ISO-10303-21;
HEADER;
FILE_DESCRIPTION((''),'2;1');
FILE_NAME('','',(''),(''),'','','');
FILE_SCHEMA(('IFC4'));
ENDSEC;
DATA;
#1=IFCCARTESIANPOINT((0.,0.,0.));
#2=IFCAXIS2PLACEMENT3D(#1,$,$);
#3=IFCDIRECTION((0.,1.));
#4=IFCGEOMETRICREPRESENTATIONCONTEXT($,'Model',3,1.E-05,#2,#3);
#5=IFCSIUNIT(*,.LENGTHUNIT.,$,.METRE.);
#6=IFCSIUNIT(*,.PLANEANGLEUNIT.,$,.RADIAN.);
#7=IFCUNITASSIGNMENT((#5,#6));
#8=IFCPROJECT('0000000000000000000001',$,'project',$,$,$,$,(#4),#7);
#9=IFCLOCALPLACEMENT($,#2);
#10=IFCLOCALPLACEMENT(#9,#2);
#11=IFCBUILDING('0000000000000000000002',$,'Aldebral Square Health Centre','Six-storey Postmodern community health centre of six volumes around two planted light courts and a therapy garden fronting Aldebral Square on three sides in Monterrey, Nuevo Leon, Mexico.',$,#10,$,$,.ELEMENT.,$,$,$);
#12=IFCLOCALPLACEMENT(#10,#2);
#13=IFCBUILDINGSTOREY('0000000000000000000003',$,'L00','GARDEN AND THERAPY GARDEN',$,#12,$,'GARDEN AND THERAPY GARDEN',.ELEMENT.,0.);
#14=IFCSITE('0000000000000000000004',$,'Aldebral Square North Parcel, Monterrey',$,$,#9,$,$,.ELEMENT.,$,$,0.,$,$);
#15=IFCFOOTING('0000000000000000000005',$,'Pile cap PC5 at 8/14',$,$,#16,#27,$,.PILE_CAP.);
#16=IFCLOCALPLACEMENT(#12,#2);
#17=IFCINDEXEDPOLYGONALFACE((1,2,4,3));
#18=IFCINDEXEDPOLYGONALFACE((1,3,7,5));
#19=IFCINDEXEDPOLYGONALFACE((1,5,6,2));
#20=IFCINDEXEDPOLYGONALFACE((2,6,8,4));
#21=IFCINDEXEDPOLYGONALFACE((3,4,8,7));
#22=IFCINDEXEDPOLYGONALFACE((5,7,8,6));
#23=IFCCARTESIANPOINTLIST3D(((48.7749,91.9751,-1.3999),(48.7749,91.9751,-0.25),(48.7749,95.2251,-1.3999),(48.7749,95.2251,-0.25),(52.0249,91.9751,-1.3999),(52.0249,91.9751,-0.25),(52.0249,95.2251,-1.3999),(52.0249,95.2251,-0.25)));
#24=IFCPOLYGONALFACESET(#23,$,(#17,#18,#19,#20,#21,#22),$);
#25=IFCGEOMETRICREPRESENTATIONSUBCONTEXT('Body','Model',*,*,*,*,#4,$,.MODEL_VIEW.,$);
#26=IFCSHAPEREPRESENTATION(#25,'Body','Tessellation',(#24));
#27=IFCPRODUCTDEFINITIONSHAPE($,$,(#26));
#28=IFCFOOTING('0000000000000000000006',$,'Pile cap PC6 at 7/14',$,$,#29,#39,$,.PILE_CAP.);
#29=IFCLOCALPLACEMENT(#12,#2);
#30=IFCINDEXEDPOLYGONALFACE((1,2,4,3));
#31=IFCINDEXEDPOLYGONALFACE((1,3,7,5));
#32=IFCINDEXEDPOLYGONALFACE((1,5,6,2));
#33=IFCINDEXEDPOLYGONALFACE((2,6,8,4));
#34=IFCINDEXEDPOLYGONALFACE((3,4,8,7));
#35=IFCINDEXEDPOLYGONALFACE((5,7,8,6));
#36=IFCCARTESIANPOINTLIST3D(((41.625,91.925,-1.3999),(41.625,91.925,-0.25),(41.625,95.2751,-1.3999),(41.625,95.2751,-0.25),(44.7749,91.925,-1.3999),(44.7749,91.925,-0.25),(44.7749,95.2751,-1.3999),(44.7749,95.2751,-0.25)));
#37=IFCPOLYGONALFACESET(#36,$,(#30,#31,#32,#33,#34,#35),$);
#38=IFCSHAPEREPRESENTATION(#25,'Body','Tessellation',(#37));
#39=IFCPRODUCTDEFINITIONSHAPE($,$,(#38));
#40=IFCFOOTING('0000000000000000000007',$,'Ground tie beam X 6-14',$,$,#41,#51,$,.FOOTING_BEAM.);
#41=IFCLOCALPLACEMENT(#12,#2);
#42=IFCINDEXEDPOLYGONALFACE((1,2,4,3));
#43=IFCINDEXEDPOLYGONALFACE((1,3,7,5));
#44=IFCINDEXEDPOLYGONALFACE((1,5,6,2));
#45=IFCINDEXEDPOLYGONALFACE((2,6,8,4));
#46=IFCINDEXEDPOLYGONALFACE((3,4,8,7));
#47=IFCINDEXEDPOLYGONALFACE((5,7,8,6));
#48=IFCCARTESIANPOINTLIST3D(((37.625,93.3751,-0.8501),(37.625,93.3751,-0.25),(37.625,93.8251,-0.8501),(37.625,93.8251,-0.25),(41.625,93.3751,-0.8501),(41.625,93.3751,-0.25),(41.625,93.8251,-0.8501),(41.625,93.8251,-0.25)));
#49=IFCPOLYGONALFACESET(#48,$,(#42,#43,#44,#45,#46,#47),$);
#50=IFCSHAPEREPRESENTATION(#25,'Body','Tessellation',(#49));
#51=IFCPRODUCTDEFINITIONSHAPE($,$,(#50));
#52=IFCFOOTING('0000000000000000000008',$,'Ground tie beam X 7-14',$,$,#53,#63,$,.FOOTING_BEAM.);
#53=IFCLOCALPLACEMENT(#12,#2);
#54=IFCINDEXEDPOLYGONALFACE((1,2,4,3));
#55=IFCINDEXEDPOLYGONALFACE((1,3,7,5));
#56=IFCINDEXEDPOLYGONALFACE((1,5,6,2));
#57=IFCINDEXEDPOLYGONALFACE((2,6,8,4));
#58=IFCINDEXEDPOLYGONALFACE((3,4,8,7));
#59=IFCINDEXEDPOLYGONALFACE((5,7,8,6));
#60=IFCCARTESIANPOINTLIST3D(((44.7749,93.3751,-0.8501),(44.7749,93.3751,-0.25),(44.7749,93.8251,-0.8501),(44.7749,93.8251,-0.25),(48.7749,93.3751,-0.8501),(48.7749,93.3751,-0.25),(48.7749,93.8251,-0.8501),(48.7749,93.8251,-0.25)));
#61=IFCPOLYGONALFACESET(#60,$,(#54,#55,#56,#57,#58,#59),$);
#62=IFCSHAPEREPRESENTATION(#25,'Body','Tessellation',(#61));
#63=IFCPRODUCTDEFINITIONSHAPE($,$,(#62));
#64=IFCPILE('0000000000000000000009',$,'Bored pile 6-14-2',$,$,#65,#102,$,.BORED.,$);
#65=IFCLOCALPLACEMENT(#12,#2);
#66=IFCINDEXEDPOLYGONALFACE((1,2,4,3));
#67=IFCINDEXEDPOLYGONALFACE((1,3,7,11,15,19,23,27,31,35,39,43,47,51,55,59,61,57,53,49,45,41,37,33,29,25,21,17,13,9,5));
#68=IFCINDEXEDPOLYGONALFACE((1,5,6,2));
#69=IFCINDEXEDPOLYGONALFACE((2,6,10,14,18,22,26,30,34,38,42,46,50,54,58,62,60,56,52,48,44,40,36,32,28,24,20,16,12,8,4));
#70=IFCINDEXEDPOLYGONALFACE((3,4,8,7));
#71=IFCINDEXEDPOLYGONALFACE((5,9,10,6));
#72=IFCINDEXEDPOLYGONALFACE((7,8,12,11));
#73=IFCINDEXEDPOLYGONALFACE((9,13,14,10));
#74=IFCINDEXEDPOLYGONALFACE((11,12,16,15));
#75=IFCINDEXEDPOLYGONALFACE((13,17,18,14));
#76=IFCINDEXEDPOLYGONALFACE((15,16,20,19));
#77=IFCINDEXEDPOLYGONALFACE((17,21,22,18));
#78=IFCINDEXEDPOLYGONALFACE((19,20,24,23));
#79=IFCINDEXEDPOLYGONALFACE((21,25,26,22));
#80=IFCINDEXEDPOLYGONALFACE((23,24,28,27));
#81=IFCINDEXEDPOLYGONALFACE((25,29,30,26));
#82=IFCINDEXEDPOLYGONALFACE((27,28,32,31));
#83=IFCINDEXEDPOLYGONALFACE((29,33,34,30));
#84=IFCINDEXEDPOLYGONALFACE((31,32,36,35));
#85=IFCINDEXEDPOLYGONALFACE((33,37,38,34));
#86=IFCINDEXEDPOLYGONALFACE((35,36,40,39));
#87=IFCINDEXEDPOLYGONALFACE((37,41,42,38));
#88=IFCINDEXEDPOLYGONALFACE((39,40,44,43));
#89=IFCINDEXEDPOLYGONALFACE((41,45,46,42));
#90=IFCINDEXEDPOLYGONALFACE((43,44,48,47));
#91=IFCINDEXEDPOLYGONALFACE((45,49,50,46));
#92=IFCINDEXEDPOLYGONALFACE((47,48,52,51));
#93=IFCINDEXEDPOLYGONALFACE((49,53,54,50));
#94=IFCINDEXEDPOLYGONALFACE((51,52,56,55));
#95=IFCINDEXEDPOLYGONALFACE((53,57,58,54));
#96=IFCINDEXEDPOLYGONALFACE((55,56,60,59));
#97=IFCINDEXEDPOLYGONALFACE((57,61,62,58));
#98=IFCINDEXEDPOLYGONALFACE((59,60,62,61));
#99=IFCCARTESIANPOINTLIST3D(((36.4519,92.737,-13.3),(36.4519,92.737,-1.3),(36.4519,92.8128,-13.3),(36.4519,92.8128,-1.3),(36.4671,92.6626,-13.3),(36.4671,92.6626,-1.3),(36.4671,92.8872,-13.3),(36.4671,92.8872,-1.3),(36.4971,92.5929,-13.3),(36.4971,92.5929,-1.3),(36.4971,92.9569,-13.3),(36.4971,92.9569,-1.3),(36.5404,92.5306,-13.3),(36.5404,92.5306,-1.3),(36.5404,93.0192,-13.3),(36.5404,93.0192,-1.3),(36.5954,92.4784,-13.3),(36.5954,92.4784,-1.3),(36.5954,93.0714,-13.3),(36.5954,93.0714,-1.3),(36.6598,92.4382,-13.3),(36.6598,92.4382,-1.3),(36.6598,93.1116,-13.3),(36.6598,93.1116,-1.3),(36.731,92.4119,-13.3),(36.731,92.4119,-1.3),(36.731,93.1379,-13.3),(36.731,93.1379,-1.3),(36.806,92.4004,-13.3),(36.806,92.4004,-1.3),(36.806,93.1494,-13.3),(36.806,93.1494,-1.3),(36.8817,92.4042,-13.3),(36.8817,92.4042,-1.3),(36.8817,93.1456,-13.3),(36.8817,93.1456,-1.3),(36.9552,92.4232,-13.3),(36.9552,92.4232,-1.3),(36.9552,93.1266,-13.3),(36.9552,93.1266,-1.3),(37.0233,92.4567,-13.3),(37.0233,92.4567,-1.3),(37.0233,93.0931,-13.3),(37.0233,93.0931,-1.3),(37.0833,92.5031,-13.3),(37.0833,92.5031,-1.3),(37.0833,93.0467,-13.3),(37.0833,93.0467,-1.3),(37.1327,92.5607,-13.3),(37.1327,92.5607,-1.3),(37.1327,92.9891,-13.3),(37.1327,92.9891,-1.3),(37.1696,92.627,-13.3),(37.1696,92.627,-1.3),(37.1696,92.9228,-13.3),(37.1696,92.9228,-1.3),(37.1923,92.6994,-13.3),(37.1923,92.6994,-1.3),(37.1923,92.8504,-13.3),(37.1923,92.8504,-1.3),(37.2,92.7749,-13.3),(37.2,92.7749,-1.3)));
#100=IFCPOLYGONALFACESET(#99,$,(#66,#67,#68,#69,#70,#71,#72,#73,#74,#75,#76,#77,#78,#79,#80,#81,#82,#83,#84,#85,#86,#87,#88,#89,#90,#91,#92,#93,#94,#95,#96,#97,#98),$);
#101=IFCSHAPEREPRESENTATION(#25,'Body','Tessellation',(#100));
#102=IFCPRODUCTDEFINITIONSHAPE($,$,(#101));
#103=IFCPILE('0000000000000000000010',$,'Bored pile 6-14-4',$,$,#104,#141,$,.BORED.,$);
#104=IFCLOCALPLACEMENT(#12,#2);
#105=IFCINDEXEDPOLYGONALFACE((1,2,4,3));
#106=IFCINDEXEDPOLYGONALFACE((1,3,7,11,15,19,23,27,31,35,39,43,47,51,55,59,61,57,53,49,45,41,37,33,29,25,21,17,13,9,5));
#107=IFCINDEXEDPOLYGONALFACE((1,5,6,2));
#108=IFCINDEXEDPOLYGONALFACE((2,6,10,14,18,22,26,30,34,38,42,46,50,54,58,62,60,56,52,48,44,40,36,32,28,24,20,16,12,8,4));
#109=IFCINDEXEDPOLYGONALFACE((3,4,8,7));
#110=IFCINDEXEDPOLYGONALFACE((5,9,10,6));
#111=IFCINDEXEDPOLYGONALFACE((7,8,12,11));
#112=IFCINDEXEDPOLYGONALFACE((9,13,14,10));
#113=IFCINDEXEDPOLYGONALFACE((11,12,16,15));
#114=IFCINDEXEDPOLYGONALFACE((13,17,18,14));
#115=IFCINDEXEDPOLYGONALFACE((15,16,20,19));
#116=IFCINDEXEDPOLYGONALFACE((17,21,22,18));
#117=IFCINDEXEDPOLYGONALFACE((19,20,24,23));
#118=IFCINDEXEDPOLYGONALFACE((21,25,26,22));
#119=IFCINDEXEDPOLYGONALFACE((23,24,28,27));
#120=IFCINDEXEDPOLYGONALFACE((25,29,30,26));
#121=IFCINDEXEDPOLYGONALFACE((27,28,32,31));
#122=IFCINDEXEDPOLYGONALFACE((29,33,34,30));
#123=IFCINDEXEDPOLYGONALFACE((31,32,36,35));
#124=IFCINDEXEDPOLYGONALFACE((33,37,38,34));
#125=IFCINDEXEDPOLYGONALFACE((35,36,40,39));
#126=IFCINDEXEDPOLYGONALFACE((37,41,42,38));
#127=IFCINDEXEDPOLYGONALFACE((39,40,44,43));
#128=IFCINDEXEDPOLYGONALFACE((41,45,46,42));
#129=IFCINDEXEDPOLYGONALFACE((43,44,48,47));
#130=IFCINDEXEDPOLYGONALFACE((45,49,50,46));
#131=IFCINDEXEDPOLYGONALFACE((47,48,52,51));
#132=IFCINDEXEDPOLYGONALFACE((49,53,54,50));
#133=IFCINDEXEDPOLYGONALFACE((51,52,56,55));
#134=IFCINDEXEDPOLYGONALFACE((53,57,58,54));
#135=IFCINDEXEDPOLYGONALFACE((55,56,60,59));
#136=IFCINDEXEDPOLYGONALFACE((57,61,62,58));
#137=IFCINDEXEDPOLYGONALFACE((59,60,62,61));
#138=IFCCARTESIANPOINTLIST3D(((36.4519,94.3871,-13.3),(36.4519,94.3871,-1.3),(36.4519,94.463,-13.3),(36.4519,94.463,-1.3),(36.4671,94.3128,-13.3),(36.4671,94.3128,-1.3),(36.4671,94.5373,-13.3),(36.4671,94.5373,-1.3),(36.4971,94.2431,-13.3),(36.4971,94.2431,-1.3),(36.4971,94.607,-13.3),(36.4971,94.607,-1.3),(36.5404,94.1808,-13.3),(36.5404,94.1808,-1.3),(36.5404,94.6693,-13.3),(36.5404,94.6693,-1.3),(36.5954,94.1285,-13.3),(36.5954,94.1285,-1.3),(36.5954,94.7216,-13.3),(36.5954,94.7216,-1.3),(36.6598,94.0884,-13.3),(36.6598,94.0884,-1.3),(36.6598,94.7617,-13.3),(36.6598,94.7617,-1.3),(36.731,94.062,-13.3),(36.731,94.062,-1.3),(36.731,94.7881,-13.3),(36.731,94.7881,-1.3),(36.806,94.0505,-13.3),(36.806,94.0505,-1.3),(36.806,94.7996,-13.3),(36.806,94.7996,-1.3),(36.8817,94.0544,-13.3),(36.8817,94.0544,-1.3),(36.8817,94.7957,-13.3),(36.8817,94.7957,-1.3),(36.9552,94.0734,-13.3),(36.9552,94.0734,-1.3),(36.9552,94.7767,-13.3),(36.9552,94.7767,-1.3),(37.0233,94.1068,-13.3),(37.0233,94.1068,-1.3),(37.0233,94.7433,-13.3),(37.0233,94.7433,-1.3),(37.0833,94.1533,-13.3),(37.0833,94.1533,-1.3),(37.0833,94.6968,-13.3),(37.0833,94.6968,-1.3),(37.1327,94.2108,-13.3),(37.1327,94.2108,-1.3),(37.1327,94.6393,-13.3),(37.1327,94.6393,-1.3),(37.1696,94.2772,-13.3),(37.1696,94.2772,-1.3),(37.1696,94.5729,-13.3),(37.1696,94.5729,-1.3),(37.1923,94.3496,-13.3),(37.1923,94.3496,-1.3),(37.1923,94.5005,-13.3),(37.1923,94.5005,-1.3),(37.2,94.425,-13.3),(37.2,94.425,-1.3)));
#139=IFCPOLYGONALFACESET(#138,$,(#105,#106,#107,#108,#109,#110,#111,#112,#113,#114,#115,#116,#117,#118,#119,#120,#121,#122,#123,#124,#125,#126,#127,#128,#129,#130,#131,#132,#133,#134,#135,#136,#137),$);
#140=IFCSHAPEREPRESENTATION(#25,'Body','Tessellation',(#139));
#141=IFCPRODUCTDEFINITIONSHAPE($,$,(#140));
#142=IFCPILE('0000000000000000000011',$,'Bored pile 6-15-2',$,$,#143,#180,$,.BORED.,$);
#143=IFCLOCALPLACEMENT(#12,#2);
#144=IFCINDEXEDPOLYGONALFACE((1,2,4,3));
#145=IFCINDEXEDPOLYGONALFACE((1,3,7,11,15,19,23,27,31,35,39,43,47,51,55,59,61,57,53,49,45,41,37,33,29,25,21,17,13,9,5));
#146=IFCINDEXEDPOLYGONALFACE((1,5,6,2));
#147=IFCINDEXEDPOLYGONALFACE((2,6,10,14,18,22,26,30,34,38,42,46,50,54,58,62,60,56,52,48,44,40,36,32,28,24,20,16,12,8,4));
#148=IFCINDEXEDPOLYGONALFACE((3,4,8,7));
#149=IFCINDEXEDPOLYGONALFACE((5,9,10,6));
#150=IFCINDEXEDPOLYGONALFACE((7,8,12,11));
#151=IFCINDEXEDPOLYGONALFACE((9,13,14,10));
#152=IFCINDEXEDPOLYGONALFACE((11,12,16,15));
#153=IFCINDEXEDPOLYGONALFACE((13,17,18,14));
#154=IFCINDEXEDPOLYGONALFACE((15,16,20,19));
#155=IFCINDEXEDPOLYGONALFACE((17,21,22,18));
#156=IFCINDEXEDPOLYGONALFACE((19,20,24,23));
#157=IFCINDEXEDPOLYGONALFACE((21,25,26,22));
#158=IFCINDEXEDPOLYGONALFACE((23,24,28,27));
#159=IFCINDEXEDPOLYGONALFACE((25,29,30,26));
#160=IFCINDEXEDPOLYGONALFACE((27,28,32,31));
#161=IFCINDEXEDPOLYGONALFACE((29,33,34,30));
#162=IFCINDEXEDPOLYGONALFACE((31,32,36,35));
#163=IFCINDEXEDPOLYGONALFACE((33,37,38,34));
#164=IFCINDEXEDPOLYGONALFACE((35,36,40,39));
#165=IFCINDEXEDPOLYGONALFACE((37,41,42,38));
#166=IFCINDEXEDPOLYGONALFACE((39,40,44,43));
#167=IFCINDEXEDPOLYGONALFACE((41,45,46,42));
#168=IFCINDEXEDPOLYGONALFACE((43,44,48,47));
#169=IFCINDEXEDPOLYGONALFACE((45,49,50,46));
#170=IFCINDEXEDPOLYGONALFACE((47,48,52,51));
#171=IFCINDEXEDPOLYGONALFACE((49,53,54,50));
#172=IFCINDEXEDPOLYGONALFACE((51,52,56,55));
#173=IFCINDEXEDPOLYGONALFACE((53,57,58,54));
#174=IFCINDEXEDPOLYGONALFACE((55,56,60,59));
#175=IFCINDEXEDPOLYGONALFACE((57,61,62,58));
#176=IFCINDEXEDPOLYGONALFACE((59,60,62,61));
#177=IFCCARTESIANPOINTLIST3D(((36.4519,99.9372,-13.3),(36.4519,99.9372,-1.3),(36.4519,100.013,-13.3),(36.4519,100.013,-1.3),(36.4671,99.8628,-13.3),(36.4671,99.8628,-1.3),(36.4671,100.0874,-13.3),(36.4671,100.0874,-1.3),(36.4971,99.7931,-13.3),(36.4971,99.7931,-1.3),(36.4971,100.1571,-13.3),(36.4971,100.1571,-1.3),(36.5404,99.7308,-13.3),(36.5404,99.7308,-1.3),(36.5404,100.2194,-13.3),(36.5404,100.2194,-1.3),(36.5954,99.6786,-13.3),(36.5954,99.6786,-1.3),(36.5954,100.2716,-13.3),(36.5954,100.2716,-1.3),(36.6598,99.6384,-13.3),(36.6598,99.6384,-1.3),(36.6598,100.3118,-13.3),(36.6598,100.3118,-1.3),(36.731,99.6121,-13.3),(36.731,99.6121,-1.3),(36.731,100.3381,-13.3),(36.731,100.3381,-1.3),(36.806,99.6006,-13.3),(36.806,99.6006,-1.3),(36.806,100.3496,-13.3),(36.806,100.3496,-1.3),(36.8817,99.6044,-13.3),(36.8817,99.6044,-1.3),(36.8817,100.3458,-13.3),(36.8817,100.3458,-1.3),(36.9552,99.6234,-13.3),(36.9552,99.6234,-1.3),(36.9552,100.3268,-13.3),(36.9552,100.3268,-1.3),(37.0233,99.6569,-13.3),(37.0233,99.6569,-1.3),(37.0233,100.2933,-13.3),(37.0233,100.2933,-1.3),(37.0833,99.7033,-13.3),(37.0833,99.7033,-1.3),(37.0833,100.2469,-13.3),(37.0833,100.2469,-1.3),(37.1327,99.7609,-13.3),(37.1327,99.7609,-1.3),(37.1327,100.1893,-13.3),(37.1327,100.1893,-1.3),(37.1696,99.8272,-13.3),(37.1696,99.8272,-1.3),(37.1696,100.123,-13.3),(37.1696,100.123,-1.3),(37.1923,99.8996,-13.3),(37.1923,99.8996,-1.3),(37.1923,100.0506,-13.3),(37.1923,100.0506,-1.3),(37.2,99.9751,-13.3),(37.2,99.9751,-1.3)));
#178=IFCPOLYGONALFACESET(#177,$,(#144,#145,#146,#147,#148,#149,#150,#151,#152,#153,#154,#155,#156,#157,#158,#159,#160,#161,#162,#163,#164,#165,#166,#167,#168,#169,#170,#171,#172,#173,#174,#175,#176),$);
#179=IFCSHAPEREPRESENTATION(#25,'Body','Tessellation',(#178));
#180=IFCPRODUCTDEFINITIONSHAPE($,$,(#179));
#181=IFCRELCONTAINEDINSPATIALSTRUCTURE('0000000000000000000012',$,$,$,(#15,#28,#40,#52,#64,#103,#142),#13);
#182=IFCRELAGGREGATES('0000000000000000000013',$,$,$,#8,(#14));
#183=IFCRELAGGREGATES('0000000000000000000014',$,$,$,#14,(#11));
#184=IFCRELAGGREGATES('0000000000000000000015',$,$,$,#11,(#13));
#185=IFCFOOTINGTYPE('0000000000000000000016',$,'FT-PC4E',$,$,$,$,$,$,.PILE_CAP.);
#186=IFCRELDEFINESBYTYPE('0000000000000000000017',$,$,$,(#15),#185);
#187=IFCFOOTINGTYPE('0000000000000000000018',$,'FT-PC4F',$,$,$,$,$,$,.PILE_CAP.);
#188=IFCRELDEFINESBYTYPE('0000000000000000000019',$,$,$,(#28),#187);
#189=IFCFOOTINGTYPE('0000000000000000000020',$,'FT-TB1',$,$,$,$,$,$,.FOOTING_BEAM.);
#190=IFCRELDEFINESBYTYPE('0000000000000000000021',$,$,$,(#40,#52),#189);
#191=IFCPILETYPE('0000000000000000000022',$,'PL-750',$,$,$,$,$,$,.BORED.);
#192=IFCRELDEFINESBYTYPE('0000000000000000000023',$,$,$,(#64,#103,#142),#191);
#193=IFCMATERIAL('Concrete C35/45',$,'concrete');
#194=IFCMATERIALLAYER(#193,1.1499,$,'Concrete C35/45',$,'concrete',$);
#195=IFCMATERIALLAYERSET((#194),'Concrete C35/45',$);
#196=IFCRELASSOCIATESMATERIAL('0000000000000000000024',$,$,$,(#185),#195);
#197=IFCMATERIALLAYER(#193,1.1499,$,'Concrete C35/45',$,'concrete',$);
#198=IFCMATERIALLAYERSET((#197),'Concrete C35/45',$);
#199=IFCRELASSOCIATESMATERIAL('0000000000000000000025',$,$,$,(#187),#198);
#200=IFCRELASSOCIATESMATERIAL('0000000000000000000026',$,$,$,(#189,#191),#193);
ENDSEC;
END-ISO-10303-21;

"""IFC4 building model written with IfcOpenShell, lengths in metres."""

from ifc_helpers import new_model, si_unit, direction, frame, origin, origin_2d, place, context, subcontext, project, spatial, rectangle, circle, extrude, material, layer, layer_set, material_profile, profile_set, type_object, element, save


model = new_model("IFC4")

# Units and contexts
model_context = context("Model", 3, precision=1e-05, world=origin(), true_north=direction((0.0, 1.0)))
body_context = subcontext(model_context, "Body", "Model", "MODEL_VIEW")
ifc_project = project(units=[si_unit("LENGTHUNIT", "METRE"), si_unit("PLANEANGLEUNIT", "RADIAN")], contexts=[model_context])

# Site, building, storey
site_placement = place(None, origin())
site = spatial("IfcSite", under=ifc_project, at=site_placement, Name="Aldebral Square North Parcel, Monterrey", CompositionType="ELEMENT", RefElevation=0.0)
building_placement = place(site_placement, origin())
building = spatial("IfcBuilding", under=site, at=building_placement, Name="Aldebral Square Health Centre", Description="Six-storey Postmodern community health centre of six volumes around two planted light courts and a therapy garden fronting Aldebral Square on three sides in Monterrey, Nuevo Leon, Mexico.", CompositionType="ELEMENT")
storey_placement = place(building_placement, origin())
storey = spatial("IfcBuildingStorey", under=building, at=storey_placement, Name="L00", Description="GARDEN AND THERAPY GARDEN", LongName="GARDEN AND THERAPY GARDEN", CompositionType="ELEMENT", Elevation=0.0)

# Footings
ifc_material_1 = material(Name="Concrete C35/45", Category="concrete")
ifc_layer_1 = layer(ifc_material_1, 1.1499, Name="Concrete C35/45", Category="concrete")
ifc_layer_set_1 = layer_set([ifc_layer_1], Name="Concrete C35/45")
footing_type_1 = type_object("IfcFootingType", Name="FT-PC4E", PredefinedType="PILE_CAP", material=ifc_layer_set_1)
footing_1_placement = place(storey_placement, frame((50.3999, 93.6001, -1.3999), z_axis=(0.0, 0.0, 1.0), x_axis=(1.0, 0.0, 0.0)))
element("IfcFooting", 1, at=footing_1_placement, inside=storey, type_object=footing_type_1, Name="Pile cap PC5 at 8/14", PredefinedType="PILE_CAP", context=body_context, shape_type="SweptSolid", body=[
    extrude(rectangle(XDim=3.25, YDim=3.25, at=origin_2d()), origin(), (0.0, 0.0, 1.0), 1.1499),
])
ifc_layer_2 = layer(ifc_material_1, 1.1499, Name="Concrete C35/45", Category="concrete")
ifc_layer_set_2 = layer_set([ifc_layer_2], Name="Concrete C35/45")
footing_type_2 = type_object("IfcFootingType", Name="FT-PC4F", PredefinedType="PILE_CAP", material=ifc_layer_set_2)
footing_2_placement = place(storey_placement, frame((43.2, 93.6001, -1.3999), z_axis=(0.0, 0.0, 1.0), x_axis=(1.0, 0.0, 0.0)))
element("IfcFooting", 2, at=footing_2_placement, inside=storey, type_object=footing_type_2, Name="Pile cap PC6 at 7/14", PredefinedType="PILE_CAP", context=body_context, shape_type="SweptSolid", body=[
    extrude(rectangle(XDim=3.1499, YDim=3.3501, at=origin_2d()), origin(), (0.0, 0.0, 1.0), 1.1499),
])
ifc_material_profile_1 = material_profile(ifc_material_1, rectangle(XDim=0.45, YDim=0.6001, at=origin_2d()), Name="RC 450x600")
ifc_profile_set_1 = profile_set([ifc_material_profile_1], Name="Concrete C35/45")
footing_type_3 = type_object("IfcFootingType", Name="FT-TB1", PredefinedType="FOOTING_BEAM", material=ifc_profile_set_1)
for number, where, z_axis, x_axis, name in (
    (3, (37.625, 93.6001, -0.55), (1.0, 0.0, 0.0), (0.0, 1.0, 0.0), "Ground tie beam X 6-14"),
    (4, (44.7749, 93.6001, -0.55), (1.0, 0.0, 0.0), (0.0, 1.0, 0.0), "Ground tie beam X 7-14"),
):
    element("IfcFooting", number, at=place(storey_placement, frame(where, z_axis=z_axis, x_axis=x_axis)), inside=storey, type_object=footing_type_3, Name=name, PredefinedType="FOOTING_BEAM", context=body_context, shape_type="SweptSolid", body=[
        extrude(rectangle(XDim=0.45, YDim=0.6001, at=origin_2d()), origin(), (0.0, 0.0, 1.0), 4.0),
    ])

# Piles
ifc_material_profile_2 = material_profile(ifc_material_1, circle(Radius=0.375, at=origin_2d()), Name="PILE D750")
ifc_profile_set_2 = profile_set([ifc_material_profile_2], Name="Concrete C35/45")
pile_type = type_object("IfcPileType", Name="PL-750", PredefinedType="BORED", material=ifc_profile_set_2)
for number, where, z_axis, x_axis, name in (
    (5, (36.825, 92.7749, -1.3), (0.0, 0.0, -1.0), (1.0, 0.0, 0.0), "Bored pile 6-14-2"),
    (6, (36.825, 94.425, -1.3), (0.0, 0.0, -1.0), (1.0, 0.0, 0.0), "Bored pile 6-14-4"),
    (7, (36.825, 99.9751, -1.3), (0.0, 0.0, -1.0), (1.0, 0.0, 0.0), "Bored pile 6-15-2"),
):
    element("IfcPile", number, at=place(storey_placement, frame(where, z_axis=z_axis, x_axis=x_axis)), inside=storey, type_object=pile_type, Name=name, PredefinedType="BORED", context=body_context, shape_type="SweptSolid", body=[
        extrude(circle(Radius=0.375, at=origin_2d()), origin(), (0.0, 0.0, 1.0), 12.0),
    ])

save(model, "model.ifc")
